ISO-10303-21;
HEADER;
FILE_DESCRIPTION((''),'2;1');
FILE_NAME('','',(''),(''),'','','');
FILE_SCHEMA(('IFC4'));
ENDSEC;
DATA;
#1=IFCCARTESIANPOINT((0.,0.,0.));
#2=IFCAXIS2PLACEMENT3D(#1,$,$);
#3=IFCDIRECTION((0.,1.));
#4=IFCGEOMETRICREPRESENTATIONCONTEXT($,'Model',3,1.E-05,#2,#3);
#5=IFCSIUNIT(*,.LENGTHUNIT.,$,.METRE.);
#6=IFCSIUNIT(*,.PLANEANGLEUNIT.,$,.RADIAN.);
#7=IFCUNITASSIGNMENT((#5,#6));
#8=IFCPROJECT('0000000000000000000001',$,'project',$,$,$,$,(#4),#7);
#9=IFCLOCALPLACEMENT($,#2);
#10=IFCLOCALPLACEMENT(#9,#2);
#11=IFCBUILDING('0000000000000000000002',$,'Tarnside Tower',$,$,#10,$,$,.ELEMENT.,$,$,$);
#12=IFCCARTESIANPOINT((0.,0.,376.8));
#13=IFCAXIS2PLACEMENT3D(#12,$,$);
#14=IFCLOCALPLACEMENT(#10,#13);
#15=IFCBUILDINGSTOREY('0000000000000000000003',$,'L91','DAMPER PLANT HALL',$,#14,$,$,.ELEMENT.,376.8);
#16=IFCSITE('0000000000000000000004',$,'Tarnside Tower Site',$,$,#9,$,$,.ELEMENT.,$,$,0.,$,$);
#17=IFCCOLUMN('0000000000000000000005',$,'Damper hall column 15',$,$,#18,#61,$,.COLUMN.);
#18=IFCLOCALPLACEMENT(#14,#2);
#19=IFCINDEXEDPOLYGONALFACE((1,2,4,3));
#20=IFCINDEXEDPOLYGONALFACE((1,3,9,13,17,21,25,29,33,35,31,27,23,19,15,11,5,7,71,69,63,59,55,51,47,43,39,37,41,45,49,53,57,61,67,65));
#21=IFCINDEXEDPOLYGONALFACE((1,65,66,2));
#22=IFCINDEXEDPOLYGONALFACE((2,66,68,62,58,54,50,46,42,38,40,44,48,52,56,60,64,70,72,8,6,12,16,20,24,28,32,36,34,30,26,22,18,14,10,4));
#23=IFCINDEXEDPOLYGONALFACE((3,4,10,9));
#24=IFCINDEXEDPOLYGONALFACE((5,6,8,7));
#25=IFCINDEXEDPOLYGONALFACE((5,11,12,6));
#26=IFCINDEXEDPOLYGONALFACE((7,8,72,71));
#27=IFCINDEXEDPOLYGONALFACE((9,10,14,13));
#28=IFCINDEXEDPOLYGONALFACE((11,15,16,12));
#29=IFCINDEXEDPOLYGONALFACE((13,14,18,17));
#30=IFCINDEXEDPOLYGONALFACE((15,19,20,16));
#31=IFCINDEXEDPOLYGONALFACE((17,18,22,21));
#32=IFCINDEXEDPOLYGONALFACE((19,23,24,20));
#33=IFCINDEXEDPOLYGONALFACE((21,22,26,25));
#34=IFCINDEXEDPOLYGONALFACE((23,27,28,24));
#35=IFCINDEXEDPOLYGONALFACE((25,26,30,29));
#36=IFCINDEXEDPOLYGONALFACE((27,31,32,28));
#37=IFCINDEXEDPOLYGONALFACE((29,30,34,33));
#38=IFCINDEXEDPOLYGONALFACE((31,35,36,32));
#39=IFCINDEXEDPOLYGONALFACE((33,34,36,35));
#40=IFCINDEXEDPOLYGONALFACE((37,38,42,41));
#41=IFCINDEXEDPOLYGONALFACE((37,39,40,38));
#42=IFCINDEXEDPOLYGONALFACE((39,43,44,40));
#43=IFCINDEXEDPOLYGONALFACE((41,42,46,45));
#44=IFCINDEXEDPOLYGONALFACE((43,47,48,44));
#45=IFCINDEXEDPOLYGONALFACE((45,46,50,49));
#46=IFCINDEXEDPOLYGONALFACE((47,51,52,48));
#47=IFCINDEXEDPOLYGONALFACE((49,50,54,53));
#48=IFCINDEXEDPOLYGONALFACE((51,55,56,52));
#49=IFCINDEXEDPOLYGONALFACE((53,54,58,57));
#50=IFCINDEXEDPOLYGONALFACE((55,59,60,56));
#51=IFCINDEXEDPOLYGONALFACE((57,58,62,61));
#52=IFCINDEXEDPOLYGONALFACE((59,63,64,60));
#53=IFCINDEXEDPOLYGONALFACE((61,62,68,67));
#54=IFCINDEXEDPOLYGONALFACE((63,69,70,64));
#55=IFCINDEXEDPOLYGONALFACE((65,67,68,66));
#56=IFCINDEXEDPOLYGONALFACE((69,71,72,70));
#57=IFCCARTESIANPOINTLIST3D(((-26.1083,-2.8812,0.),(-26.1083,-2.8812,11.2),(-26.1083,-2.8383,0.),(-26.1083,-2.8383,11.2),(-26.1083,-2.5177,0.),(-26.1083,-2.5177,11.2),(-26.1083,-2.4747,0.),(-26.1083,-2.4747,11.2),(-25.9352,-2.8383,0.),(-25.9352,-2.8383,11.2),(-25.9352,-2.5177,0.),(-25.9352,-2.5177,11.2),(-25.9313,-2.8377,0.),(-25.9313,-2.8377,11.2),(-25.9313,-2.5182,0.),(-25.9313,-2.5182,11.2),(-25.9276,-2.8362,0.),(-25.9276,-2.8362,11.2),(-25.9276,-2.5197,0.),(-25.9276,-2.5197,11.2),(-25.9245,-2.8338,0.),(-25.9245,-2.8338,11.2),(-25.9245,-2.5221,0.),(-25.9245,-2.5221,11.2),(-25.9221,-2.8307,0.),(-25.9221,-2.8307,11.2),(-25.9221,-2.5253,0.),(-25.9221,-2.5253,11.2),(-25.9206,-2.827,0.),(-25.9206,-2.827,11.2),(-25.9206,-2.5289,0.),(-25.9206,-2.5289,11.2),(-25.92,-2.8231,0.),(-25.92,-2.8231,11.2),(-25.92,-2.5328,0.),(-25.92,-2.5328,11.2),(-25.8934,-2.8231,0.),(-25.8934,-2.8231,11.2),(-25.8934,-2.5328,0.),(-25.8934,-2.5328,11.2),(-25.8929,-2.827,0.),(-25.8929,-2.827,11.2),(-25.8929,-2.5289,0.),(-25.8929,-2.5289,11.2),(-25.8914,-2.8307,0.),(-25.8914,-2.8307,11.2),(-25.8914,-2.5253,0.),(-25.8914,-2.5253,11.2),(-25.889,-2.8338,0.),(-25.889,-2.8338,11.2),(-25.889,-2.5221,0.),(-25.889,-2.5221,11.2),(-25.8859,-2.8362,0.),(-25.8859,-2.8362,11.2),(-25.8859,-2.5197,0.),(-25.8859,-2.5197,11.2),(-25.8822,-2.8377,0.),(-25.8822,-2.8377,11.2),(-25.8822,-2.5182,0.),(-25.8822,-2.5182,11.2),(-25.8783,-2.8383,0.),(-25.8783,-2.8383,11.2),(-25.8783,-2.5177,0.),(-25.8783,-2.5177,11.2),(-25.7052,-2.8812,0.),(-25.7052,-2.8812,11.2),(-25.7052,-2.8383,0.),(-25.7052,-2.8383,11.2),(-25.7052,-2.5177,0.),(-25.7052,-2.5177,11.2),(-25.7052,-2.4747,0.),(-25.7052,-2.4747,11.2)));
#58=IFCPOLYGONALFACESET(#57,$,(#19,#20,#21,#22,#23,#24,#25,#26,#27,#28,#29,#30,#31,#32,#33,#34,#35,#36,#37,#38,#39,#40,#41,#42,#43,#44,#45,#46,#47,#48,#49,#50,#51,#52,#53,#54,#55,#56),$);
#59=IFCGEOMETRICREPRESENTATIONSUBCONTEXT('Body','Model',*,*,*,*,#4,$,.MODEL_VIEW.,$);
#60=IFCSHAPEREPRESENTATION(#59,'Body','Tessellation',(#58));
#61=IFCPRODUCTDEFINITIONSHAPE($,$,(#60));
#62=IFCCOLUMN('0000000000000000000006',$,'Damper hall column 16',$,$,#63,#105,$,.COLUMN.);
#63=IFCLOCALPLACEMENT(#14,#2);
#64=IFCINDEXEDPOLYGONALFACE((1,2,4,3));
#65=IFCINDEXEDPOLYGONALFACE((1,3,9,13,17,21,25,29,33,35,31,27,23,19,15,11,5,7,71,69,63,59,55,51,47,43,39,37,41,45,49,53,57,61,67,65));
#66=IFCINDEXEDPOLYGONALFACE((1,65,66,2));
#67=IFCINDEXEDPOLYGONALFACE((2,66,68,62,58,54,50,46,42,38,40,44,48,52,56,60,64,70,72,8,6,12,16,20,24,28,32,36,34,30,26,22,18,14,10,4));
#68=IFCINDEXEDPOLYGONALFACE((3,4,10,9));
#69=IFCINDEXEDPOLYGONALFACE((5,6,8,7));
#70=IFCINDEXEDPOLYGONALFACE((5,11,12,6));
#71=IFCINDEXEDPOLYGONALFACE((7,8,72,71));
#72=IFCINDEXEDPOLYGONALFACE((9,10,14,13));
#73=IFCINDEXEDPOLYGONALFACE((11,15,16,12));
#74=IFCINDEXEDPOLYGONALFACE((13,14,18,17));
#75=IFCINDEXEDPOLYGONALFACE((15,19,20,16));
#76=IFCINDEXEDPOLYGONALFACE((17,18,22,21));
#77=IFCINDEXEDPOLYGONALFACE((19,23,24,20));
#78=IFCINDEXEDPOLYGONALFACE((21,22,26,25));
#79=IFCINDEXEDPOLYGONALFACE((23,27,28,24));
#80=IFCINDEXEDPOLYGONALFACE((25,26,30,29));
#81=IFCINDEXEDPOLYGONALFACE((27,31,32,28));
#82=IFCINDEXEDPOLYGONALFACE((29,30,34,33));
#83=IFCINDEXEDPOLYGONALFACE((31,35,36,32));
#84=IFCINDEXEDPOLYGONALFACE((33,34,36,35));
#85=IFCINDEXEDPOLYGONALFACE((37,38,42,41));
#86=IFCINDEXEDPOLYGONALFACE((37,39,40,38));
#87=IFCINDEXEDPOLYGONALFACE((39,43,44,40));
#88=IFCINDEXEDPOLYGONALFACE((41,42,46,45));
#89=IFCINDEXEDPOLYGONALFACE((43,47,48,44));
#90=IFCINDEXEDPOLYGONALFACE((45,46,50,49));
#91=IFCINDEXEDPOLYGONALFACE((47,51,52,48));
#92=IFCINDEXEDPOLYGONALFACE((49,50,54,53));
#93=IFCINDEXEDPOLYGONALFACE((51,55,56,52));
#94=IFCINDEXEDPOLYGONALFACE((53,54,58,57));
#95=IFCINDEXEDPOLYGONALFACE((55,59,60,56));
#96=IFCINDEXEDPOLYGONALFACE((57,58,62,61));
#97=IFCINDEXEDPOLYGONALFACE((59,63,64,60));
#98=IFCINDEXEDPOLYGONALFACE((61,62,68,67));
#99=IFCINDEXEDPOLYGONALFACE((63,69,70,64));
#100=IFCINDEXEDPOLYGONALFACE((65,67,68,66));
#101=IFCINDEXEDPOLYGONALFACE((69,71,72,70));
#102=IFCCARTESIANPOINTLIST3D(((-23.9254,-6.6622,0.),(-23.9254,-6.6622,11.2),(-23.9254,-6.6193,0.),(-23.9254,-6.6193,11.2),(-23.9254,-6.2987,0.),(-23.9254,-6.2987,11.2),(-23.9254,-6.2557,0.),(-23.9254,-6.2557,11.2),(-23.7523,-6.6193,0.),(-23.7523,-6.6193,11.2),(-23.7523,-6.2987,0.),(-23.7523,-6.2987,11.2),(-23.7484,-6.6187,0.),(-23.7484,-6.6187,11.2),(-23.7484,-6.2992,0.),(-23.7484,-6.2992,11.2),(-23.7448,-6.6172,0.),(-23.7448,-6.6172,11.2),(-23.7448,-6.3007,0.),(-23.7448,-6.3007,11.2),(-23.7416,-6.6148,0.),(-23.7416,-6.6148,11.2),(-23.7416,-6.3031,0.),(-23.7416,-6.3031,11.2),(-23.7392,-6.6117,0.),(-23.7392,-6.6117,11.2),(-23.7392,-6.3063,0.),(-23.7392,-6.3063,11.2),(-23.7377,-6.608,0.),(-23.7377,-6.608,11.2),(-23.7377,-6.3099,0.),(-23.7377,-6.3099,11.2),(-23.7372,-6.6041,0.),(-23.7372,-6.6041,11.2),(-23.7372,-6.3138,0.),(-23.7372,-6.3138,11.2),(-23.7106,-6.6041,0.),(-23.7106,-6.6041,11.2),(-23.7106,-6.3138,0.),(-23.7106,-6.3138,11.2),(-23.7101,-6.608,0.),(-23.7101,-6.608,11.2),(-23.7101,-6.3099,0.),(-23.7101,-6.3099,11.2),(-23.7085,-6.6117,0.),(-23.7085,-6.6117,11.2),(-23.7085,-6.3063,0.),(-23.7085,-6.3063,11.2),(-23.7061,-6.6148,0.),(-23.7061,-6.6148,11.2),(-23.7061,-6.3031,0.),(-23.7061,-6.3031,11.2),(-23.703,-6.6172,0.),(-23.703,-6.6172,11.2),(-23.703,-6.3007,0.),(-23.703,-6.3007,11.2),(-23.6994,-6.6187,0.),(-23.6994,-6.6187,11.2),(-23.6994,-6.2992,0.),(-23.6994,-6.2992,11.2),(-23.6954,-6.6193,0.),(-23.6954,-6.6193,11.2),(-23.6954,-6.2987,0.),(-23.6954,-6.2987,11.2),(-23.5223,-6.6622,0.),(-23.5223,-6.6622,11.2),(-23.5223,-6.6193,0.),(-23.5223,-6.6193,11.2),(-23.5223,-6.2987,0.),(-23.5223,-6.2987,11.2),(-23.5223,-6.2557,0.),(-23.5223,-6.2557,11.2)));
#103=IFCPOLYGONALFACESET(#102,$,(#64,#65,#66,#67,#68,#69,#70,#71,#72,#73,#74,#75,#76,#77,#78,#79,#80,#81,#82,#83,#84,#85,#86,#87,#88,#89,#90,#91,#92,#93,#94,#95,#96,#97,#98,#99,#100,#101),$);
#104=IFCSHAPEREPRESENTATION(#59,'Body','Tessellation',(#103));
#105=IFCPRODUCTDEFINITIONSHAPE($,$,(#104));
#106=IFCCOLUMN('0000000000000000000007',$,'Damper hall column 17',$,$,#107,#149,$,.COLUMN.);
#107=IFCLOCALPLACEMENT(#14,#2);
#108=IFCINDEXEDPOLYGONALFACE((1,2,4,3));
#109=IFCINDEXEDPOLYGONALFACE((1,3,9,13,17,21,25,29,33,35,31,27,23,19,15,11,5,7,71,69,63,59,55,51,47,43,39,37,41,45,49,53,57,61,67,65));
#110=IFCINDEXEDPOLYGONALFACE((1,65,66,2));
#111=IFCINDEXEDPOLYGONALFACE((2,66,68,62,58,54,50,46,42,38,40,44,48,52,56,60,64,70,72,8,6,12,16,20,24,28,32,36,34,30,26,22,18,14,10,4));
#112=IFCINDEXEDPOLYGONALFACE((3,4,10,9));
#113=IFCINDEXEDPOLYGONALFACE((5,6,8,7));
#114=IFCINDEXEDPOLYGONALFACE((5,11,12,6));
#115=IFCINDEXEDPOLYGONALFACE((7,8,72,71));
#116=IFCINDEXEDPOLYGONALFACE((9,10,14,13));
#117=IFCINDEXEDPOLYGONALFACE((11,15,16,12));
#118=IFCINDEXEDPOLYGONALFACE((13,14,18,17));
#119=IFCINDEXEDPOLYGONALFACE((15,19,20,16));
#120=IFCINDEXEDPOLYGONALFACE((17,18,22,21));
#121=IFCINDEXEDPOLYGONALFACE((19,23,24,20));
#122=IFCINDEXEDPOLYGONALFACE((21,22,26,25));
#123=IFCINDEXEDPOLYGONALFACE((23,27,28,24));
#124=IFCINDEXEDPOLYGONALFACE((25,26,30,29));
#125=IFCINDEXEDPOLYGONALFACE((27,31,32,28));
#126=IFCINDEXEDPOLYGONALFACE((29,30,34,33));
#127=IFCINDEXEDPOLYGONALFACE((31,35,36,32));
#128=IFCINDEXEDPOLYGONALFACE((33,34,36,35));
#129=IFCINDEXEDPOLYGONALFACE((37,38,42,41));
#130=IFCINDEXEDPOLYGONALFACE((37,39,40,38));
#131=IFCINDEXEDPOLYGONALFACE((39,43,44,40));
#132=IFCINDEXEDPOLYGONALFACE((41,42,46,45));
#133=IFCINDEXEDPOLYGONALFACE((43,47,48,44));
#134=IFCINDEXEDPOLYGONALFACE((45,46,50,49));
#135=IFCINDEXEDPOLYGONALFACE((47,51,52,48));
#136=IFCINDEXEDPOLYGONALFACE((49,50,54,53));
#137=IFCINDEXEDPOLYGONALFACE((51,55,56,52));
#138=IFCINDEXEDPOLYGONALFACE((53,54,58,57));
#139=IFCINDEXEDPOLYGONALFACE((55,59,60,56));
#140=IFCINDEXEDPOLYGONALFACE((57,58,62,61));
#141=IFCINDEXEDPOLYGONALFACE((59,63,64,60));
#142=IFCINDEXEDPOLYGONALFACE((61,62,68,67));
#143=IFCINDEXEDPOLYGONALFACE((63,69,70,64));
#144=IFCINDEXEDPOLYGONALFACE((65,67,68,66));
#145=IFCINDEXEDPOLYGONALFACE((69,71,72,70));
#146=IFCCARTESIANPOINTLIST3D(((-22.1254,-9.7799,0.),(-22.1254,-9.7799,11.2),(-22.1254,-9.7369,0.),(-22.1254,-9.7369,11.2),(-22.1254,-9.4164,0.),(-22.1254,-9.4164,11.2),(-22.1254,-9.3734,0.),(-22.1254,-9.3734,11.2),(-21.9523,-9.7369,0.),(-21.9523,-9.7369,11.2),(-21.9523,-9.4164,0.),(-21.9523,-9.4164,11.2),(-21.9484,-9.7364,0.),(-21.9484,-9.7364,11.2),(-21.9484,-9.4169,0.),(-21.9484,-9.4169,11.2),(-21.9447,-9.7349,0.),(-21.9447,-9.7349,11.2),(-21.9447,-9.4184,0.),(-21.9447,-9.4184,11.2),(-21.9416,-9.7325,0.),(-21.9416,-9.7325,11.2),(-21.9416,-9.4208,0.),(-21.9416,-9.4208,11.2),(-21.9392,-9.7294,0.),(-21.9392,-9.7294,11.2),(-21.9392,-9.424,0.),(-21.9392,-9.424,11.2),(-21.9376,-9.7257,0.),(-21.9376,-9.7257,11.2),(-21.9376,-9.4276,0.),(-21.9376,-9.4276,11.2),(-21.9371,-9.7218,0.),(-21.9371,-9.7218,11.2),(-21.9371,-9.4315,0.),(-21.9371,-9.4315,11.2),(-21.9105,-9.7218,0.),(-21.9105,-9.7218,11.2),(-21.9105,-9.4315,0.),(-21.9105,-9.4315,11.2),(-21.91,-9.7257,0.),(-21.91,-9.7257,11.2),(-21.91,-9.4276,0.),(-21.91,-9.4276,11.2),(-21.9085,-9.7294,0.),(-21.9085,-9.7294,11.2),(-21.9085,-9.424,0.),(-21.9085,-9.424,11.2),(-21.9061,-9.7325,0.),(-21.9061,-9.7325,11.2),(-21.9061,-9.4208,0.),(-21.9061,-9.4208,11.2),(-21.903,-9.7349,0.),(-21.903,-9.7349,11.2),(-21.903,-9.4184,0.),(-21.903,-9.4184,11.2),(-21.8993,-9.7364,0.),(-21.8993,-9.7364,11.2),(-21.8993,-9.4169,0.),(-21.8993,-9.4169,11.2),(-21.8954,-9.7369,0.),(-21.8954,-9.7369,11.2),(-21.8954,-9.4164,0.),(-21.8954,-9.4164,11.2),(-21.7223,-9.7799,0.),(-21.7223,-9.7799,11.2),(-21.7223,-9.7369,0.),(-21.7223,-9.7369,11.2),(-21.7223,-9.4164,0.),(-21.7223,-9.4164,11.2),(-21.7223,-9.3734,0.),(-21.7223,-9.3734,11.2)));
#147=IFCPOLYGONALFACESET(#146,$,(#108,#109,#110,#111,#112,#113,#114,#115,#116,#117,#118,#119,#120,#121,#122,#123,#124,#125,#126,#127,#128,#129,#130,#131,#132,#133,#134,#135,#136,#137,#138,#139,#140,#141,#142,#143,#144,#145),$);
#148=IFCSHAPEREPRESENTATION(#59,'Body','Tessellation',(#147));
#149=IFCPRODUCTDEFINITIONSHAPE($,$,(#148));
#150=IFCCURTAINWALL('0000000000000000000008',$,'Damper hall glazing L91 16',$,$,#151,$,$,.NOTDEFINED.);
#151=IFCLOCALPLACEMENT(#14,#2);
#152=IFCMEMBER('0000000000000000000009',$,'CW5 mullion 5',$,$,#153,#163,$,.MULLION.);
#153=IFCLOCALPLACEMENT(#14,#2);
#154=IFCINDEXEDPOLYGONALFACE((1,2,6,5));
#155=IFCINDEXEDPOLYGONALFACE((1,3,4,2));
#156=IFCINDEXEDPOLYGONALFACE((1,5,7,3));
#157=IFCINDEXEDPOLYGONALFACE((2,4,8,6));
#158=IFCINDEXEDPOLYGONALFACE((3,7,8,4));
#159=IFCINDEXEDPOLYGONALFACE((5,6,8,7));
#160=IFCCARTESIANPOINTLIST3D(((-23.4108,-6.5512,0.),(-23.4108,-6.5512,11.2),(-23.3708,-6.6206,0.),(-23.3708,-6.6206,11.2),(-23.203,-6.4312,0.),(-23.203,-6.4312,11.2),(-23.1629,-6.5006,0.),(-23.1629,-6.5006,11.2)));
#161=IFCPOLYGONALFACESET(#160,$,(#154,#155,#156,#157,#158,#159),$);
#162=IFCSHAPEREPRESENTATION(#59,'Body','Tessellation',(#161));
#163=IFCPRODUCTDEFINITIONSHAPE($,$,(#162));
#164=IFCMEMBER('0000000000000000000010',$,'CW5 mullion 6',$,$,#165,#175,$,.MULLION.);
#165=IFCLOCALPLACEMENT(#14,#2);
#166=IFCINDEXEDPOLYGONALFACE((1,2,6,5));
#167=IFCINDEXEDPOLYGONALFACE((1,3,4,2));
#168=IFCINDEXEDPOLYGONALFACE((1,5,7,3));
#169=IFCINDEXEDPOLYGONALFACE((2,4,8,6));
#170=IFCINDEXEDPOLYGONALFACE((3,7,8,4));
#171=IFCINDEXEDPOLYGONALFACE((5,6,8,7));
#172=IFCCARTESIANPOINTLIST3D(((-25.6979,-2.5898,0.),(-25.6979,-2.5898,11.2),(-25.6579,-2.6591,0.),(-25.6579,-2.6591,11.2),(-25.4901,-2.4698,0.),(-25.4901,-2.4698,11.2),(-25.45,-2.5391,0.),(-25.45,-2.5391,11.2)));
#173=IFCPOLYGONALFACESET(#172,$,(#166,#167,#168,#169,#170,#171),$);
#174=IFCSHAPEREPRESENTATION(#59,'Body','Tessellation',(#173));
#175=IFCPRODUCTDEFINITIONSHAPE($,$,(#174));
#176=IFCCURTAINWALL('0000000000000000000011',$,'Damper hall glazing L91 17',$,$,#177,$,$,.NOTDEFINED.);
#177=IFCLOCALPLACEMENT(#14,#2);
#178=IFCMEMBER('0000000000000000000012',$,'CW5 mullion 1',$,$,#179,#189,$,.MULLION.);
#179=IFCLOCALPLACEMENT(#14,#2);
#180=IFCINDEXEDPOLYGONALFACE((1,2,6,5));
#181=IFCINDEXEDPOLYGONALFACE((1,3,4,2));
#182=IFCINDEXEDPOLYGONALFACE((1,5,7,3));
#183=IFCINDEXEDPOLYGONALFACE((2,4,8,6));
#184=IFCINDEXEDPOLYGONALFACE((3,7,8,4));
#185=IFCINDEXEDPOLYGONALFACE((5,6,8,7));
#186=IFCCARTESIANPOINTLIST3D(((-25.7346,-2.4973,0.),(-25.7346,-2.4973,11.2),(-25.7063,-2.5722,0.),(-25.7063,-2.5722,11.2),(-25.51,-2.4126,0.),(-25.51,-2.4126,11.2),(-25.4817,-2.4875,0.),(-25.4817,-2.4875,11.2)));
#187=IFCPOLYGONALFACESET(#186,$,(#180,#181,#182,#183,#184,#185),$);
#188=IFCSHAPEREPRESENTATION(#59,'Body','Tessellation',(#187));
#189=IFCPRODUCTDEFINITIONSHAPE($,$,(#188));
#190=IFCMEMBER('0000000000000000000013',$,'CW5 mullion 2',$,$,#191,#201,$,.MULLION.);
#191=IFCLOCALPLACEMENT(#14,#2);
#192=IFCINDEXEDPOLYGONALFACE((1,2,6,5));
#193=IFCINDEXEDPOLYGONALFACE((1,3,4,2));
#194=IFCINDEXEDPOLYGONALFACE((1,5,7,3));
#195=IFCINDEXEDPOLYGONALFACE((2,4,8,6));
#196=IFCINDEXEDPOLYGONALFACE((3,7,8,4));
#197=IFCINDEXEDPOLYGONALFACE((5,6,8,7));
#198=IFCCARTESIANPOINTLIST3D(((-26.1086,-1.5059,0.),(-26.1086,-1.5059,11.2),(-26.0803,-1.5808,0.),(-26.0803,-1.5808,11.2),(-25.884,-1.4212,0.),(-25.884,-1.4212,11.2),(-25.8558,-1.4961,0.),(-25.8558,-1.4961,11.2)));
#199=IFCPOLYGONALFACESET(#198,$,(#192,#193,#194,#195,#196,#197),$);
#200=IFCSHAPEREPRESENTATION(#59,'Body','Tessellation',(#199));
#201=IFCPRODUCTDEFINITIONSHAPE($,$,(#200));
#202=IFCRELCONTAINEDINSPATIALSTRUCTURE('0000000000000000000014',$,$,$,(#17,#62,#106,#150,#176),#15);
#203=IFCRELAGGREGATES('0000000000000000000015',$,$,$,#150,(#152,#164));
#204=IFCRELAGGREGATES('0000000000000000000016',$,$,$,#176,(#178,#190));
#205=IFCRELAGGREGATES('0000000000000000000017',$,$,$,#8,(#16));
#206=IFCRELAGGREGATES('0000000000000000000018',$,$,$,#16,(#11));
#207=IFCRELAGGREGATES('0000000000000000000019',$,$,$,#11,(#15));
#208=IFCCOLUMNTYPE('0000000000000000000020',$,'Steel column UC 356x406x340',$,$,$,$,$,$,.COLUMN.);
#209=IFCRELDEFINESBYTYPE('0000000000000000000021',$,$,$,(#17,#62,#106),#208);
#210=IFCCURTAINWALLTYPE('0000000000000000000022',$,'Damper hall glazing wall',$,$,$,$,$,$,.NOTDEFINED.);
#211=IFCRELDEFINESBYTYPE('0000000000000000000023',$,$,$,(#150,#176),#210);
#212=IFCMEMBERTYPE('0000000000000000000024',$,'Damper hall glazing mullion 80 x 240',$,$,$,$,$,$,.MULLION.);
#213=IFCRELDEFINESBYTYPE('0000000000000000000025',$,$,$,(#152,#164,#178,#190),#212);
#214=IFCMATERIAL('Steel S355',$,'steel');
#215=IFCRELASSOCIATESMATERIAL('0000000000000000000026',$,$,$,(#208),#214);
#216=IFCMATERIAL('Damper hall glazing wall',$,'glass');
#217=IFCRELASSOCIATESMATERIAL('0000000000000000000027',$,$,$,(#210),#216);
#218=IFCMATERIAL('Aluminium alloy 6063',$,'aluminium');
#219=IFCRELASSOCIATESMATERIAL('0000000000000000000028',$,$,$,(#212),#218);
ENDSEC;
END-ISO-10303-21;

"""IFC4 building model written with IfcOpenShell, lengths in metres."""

from ifc_helpers import new_model, si_unit, direction, frame, origin, origin_2d, place, context, subcontext, project, spatial, rectangle, i_section, extrude, material, material_profile, profile_set, type_object, element, aggregate, save


model = new_model("IFC4")

# Units and contexts
model_context = context("Model", 3, precision=1e-05, world=origin(), true_north=direction((0.0, 1.0)))
body_context = subcontext(model_context, "Body", "Model", "MODEL_VIEW")
ifc_project = project(units=[si_unit("LENGTHUNIT", "METRE"), si_unit("PLANEANGLEUNIT", "RADIAN")], contexts=[model_context])

# Site, building, storey
site_placement = place(None, origin())
site = spatial("IfcSite", under=ifc_project, at=site_placement, Name="Tarnside Tower Site", CompositionType="ELEMENT", RefElevation=0.0)
building_placement = place(site_placement, origin())
building = spatial("IfcBuilding", under=site, at=building_placement, Name="Tarnside Tower", CompositionType="ELEMENT")
storey_placement = place(building_placement, frame((0.0, 0.0, 376.8)))
storey = spatial("IfcBuildingStorey", under=building, at=storey_placement, Name="L91", Description="DAMPER PLANT HALL", CompositionType="ELEMENT", Elevation=376.8)

# Columns
ifc_material_1 = material(Name="Steel S355", Category="steel")
ifc_material_profile_1 = material_profile(ifc_material_1, i_section(OverallWidth=0.4031, OverallDepth=0.4065, WebThickness=0.0266, FlangeThickness=0.043, FilletRadius=0.0151, at=origin_2d()), Name="UC 356x406x340")
ifc_profile_set_1 = profile_set([ifc_material_profile_1], Name="Steel S355")
column_type = type_object("IfcColumnType", Name="Steel column UC 356x406x340", PredefinedType="COLUMN", material=ifc_profile_set_1)
for number, where, z_axis, x_axis, name in (
    (1, (-25.9067, -2.678, 0.0), (0.0, 0.0, 1.0), (1.0, 0.0, 0.0), "Damper hall column 15"),
    (2, (-23.7239, -6.459, 0.0), (0.0, 0.0, 1.0), (1.0, 0.0, 0.0), "Damper hall column 16"),
    (3, (-21.9238, -9.5767, 0.0), (0.0, 0.0, 1.0), (1.0, 0.0, 0.0), "Damper hall column 17"),
):
    element("IfcColumn", number, at=place(storey_placement, frame(where, z_axis=z_axis, x_axis=x_axis)), inside=storey, type_object=column_type, Name=name, PredefinedType="COLUMN", context=body_context, shape_type="SweptSolid", body=[
        extrude(i_section(OverallWidth=0.4031, OverallDepth=0.4065, WebThickness=0.0266, FlangeThickness=0.043, FilletRadius=0.0151, at=origin_2d()), origin(), (0.0, 0.0, 1.0), 11.2),
    ])

# Curtain walls, members
ifc_material_2 = material(Name="Damper hall glazing wall", Category="glass")
curtain_wall_type = type_object("IfcCurtainWallType", Name="Damper hall glazing wall", PredefinedType="NOTDEFINED", material=ifc_material_2)
curtain_wall_1_placement = place(storey_placement, origin())
curtain_wall_1 = element("IfcCurtainWall", 4, at=curtain_wall_1_placement, inside=storey, type_object=curtain_wall_type, Name="Damper hall glazing L91 16", PredefinedType="NOTDEFINED")
ifc_material_3 = material(Name="Aluminium alloy 6063", Category="aluminium")
ifc_material_profile_2 = material_profile(ifc_material_3, rectangle(XDim=0.24, YDim=0.0801, at=origin_2d()), Name="Damper hall glazing mullion 80 x 240")
ifc_profile_set_2 = profile_set([ifc_material_profile_2], Name="Aluminium alloy 6063")
member_type_1 = type_object("IfcMemberType", Name="Damper hall glazing mullion 80 x 240", PredefinedType="MULLION", material=ifc_profile_set_2)
member_1_placement = place(storey_placement, frame((-23.2869, -6.5259, 0.0), z_axis=(0.0, 0.0, 1.0), x_axis=(-0.866025, -0.5, 0.0)))
member_1 = element("IfcMember", 5, at=member_1_placement, type_object=member_type_1, Name="CW5 mullion 5", PredefinedType="MULLION", context=body_context, shape_type="SweptSolid", body=[
    extrude(rectangle(XDim=0.24, YDim=0.0801, at=origin_2d()), origin(), (0.0, 0.0, 1.0), 11.2),
])
member_2_placement = place(storey_placement, frame((-25.574, -2.5645, 0.0), z_axis=(0.0, 0.0, 1.0), x_axis=(-0.866025, -0.5, 0.0)))
member_2 = element("IfcMember", 6, at=member_2_placement, type_object=member_type_1, Name="CW5 mullion 6", PredefinedType="MULLION", context=body_context, shape_type="SweptSolid", body=[
    extrude(rectangle(XDim=0.24, YDim=0.0801, at=origin_2d()), origin(), (0.0, 0.0, 1.0), 11.2),
])
curtain_wall_2_placement = place(storey_placement, origin())
curtain_wall_2 = element("IfcCurtainWall", 7, at=curtain_wall_2_placement, inside=storey, type_object=curtain_wall_type, Name="Damper hall glazing L91 17", PredefinedType="NOTDEFINED")
member_3_placement = place(storey_placement, frame((-25.6082, -2.4924, 0.0), z_axis=(0.0, 0.0, 1.0), x_axis=(-0.93565, -0.352931, 0.0)))
member_3 = element("IfcMember", 8, at=member_3_placement, type_object=member_type_1, Name="CW5 mullion 1", PredefinedType="MULLION", context=body_context, shape_type="SweptSolid", body=[
    extrude(rectangle(XDim=0.24, YDim=0.0801, at=origin_2d()), origin(), (0.0, 0.0, 1.0), 11.2),
])
member_4_placement = place(storey_placement, frame((-25.9822, -1.501, 0.0), z_axis=(0.0, 0.0, 1.0), x_axis=(-0.93565, -0.352931, 0.0)))
member_4 = element("IfcMember", 9, at=member_4_placement, type_object=member_type_1, Name="CW5 mullion 2", PredefinedType="MULLION", context=body_context, shape_type="SweptSolid", body=[
    extrude(rectangle(XDim=0.24, YDim=0.0801, at=origin_2d()), origin(), (0.0, 0.0, 1.0), 11.2),
])

aggregate(curtain_wall_1, [member_1, member_2])
aggregate(curtain_wall_2, [member_3, member_4])

save(model, "model.ifc")
